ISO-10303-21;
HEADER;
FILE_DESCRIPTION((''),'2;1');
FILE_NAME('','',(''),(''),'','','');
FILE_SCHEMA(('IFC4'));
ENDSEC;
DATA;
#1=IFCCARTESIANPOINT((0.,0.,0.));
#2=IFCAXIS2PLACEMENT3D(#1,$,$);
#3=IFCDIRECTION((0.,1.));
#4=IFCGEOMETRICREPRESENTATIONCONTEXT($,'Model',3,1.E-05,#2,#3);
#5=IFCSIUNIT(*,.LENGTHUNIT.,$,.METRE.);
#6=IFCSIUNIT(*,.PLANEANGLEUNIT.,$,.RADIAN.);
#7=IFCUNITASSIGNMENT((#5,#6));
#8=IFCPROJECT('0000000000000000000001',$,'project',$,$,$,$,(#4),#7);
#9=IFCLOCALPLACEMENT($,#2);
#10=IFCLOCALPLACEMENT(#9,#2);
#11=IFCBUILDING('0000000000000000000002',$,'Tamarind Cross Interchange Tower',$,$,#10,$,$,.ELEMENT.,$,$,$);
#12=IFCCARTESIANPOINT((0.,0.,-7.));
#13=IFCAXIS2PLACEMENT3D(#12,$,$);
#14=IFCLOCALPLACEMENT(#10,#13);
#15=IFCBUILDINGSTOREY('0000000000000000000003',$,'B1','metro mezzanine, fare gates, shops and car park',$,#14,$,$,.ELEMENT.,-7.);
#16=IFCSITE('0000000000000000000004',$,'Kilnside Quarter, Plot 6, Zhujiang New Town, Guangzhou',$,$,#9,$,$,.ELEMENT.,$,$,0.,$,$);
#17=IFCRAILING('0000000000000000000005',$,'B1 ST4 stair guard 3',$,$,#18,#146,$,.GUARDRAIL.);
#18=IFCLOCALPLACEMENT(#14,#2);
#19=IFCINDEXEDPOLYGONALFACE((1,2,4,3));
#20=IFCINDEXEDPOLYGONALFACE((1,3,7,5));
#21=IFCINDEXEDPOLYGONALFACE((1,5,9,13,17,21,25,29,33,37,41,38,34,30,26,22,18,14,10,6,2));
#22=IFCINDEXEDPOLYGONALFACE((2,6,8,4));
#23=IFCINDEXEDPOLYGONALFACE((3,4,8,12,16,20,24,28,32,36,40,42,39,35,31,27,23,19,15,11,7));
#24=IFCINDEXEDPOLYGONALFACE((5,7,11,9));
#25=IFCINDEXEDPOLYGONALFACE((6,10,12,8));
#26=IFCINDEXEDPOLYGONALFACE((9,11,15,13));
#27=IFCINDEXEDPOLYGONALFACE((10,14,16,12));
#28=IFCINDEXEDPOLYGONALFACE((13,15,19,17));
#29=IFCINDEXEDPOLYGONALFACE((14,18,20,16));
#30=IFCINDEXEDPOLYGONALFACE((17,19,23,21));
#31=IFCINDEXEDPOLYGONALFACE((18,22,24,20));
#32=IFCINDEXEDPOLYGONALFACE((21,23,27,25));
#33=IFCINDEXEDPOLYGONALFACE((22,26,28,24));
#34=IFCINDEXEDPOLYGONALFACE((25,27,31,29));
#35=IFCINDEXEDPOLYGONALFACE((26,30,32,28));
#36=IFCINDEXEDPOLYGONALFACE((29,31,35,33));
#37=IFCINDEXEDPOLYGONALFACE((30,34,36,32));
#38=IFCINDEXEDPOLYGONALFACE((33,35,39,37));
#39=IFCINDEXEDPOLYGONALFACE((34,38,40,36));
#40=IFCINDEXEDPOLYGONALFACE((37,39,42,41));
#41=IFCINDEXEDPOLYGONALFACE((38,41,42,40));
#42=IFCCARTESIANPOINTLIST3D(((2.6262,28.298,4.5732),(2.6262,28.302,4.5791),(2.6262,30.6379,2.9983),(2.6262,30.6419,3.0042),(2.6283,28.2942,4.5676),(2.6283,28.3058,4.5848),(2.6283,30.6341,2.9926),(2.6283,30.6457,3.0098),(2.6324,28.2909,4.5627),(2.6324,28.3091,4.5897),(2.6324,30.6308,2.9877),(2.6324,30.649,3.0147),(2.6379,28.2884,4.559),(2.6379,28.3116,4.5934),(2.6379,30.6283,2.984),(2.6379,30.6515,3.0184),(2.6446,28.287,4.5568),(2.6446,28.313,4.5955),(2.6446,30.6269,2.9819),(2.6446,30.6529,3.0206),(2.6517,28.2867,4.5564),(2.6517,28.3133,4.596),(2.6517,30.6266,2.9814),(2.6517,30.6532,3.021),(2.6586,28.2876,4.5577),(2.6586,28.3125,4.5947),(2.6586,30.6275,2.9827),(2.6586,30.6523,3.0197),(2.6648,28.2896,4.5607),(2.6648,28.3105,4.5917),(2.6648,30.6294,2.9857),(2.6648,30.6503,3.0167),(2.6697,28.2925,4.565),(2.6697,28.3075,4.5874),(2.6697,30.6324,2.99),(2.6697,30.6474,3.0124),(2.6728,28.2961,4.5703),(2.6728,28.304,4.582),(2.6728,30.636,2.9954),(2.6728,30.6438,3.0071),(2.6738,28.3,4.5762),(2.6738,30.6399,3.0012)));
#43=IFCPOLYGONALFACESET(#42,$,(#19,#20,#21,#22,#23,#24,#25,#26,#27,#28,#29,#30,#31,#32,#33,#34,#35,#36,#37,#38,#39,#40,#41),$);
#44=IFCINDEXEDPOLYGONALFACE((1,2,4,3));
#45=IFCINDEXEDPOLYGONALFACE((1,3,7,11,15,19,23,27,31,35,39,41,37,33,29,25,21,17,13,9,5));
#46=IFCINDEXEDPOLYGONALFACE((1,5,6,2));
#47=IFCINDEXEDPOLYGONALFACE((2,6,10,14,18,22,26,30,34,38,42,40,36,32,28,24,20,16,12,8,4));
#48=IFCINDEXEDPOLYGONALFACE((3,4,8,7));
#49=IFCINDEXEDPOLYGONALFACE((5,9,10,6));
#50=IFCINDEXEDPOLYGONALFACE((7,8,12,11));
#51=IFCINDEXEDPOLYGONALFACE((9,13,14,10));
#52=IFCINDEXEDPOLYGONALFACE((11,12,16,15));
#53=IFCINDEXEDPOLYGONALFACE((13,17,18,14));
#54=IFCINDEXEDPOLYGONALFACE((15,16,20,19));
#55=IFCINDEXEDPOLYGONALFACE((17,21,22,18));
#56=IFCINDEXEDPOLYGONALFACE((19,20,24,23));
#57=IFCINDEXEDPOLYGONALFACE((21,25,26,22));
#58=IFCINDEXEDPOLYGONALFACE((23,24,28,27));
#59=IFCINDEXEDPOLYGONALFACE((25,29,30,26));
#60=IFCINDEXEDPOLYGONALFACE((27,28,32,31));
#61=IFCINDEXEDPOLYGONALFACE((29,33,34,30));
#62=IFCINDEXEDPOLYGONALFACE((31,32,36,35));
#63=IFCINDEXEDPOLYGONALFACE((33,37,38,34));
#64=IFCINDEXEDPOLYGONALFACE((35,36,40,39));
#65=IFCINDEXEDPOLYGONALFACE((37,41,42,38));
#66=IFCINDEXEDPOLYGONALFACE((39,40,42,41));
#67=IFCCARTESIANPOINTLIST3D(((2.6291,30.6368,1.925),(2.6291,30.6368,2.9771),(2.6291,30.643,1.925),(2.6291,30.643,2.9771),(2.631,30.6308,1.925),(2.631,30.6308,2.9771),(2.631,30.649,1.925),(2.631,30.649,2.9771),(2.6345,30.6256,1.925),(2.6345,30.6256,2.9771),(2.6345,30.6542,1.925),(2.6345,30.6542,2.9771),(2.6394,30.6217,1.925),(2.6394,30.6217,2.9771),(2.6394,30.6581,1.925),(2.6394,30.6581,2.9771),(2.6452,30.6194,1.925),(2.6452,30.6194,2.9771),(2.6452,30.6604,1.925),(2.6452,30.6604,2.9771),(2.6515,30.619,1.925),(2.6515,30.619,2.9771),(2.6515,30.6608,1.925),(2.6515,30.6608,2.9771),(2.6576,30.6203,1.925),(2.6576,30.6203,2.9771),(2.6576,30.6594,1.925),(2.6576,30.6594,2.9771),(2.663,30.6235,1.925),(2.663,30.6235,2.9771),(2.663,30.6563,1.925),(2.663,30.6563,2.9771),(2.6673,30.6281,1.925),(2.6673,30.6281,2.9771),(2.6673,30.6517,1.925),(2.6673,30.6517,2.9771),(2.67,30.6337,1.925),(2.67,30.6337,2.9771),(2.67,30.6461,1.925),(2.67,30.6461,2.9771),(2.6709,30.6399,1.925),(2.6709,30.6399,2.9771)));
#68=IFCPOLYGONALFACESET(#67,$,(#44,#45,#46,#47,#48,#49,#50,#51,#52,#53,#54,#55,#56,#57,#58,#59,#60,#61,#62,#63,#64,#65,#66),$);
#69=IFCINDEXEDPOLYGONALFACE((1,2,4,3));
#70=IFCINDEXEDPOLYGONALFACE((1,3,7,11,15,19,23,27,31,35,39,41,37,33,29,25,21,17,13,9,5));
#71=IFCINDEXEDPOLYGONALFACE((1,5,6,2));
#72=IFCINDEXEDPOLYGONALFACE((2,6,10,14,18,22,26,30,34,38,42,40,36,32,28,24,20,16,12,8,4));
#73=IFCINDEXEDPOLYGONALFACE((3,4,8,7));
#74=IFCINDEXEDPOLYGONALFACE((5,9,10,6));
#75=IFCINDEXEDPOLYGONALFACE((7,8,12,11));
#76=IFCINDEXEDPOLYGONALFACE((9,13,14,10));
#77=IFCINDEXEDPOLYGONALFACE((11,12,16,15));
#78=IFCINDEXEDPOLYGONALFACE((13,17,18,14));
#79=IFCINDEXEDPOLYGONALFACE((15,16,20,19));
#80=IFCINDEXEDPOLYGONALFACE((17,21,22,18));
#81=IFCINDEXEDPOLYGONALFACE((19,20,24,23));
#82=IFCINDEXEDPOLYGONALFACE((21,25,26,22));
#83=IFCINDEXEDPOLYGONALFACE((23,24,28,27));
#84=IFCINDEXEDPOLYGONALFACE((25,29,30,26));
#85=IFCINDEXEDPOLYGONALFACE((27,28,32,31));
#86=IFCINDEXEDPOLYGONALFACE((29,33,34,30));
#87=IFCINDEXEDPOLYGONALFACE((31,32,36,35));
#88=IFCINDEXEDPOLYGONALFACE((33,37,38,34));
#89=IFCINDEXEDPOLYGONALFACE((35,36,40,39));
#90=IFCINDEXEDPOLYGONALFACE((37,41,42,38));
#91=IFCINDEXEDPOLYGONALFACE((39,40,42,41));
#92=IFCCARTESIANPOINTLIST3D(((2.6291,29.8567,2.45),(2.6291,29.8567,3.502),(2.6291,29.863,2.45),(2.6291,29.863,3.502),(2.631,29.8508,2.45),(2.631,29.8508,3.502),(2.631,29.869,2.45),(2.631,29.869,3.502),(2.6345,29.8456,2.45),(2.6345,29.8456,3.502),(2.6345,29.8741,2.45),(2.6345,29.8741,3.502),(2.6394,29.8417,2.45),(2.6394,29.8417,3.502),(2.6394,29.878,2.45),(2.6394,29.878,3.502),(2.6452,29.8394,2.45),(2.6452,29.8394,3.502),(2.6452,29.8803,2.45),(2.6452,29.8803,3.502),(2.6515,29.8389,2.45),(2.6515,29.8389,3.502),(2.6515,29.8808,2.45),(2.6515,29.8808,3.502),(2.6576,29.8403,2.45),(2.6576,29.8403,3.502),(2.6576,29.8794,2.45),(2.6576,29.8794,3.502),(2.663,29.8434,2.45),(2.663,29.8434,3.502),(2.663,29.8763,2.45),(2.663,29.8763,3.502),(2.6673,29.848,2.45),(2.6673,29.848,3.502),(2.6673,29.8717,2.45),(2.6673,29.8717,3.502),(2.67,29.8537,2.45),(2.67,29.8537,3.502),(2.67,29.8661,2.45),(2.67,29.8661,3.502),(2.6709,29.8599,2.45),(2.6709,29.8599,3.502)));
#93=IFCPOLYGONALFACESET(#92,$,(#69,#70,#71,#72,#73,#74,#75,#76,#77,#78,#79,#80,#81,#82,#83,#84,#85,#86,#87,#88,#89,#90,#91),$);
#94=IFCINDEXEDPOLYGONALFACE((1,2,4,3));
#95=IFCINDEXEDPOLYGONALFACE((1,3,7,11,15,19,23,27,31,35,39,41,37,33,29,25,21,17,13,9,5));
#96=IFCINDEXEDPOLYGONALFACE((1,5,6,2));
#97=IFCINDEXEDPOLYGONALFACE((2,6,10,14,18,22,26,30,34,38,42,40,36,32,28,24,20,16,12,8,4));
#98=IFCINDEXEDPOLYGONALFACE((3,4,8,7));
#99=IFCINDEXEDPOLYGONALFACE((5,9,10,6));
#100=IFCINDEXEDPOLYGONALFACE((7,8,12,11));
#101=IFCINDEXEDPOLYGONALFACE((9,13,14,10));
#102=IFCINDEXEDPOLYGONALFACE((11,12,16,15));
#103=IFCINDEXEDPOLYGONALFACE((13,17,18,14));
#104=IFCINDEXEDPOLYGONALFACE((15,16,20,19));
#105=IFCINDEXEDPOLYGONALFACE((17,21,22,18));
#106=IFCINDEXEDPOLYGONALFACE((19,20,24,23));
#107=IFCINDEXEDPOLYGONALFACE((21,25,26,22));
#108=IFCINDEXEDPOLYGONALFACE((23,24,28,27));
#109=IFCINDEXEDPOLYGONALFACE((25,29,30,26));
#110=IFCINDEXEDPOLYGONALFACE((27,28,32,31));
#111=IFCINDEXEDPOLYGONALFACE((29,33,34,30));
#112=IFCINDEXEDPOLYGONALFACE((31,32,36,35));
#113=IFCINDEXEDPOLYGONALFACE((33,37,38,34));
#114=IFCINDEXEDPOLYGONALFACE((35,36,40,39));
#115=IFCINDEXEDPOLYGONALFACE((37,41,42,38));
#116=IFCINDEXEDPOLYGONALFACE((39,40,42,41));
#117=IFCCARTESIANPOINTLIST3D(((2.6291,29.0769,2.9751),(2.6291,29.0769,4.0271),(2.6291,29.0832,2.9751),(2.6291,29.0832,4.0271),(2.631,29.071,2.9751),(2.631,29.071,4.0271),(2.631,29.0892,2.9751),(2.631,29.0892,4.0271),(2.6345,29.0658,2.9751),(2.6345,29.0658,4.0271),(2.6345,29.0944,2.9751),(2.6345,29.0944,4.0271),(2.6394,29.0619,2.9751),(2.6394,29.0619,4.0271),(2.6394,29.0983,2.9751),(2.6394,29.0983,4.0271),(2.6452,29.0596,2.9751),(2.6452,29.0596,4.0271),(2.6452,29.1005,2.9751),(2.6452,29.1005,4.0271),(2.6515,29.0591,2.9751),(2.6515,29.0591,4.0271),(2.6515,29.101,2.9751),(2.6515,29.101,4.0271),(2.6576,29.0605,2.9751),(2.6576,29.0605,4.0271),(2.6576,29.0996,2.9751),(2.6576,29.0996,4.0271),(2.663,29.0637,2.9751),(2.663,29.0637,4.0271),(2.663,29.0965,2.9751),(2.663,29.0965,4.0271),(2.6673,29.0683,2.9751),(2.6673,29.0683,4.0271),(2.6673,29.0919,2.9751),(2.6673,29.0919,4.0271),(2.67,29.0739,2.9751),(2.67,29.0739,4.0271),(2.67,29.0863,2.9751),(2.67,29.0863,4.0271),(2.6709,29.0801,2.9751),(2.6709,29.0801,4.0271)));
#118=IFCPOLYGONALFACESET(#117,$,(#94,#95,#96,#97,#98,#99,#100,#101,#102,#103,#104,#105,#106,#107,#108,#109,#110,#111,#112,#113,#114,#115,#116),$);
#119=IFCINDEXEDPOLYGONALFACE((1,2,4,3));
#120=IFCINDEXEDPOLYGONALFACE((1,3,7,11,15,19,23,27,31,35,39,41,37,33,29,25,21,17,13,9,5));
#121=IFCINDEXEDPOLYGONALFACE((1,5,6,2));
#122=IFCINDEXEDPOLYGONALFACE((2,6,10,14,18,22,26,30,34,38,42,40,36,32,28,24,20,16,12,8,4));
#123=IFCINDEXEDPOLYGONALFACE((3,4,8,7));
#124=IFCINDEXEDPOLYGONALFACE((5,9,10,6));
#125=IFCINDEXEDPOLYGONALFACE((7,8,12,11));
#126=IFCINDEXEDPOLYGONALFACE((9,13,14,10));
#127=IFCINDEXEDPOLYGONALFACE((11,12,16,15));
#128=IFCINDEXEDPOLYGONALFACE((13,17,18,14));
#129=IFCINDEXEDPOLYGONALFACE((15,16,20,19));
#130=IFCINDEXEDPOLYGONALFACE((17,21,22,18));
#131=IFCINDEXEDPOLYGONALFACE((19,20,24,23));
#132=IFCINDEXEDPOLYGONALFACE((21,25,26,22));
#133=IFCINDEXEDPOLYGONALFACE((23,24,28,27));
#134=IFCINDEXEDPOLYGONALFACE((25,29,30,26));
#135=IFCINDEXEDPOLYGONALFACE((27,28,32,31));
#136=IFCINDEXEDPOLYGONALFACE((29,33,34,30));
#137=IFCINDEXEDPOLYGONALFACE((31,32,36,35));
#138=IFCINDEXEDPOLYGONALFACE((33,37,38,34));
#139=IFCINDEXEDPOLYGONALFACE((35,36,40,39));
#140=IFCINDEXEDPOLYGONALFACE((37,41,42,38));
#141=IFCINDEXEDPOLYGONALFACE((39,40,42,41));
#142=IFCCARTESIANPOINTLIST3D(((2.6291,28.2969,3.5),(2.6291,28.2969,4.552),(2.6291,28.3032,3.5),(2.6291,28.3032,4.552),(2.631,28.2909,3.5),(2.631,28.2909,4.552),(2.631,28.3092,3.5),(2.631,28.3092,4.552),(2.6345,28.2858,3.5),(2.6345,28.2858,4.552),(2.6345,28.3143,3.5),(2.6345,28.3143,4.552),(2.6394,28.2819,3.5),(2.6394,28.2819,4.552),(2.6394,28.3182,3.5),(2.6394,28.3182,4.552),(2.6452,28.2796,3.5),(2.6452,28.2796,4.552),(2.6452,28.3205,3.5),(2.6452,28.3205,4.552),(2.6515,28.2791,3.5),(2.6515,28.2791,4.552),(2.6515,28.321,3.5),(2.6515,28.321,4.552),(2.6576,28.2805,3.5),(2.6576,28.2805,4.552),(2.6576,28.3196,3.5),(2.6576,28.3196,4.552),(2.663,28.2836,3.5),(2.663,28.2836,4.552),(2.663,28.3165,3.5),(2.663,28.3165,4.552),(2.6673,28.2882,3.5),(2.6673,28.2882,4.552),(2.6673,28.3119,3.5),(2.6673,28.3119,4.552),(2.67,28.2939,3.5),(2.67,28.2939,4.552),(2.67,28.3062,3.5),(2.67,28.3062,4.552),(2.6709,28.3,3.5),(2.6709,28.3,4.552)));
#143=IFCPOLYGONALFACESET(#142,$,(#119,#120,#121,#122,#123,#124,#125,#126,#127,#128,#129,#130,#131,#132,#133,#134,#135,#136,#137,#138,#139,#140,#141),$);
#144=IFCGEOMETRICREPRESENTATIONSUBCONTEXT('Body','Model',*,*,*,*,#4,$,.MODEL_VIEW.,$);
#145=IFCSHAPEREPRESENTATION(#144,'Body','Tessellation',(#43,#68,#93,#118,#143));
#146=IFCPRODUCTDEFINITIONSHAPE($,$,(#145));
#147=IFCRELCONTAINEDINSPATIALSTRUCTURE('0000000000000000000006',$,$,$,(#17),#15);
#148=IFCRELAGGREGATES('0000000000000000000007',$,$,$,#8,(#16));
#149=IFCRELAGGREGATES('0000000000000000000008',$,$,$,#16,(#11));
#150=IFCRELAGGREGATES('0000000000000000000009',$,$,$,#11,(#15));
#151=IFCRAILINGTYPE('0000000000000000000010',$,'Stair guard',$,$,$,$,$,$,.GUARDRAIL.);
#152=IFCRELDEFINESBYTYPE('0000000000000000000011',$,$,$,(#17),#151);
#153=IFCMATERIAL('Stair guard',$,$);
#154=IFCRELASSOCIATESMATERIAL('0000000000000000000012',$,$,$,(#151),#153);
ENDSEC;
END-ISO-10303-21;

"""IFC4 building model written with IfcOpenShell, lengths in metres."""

from ifc_helpers import new_model, si_unit, direction, frame, origin, origin_2d, place, context, subcontext, project, spatial, circle, extrude, material, type_object, element, save


model = new_model("IFC4")

# Units and contexts
model_context = context("Model", 3, precision=1e-05, world=origin(), true_north=direction((0.0, 1.0)))
body_context = subcontext(model_context, "Body", "Model", "MODEL_VIEW")
ifc_project = project(units=[si_unit("LENGTHUNIT", "METRE"), si_unit("PLANEANGLEUNIT", "RADIAN")], contexts=[model_context])

# Site, building, storey
site_placement = place(None, origin())
site = spatial("IfcSite", under=ifc_project, at=site_placement, Name="Kilnside Quarter, Plot 6, Zhujiang New Town, Guangzhou", CompositionType="ELEMENT", RefElevation=0.0)
building_placement = place(site_placement, origin())
building = spatial("IfcBuilding", under=site, at=building_placement, Name="Tamarind Cross Interchange Tower", CompositionType="ELEMENT")
storey_placement = place(building_placement, frame((0.0, 0.0, -7.0)))
storey = spatial("IfcBuildingStorey", under=building, at=storey_placement, Name="B1", Description="metro mezzanine, fare gates, shops and car park", CompositionType="ELEMENT", Elevation=-7.0)

# Railing
ifc_material_1 = material(Name="Stair guard")
railing_type_1 = type_object("IfcRailingType", Name="Stair guard", PredefinedType="GUARDRAIL", material=ifc_material_1)
railing_1_placement = place(storey_placement, frame((2.6499, 30.6399, 1.925)))
element("IfcRailing", 1, at=railing_1_placement, inside=storey, type_object=railing_type_1, Name="B1 ST4 stair guard 3", PredefinedType="GUARDRAIL", context=body_context, shape_type="SweptSolid", body=[
    extrude(circle(Radius=0.0239, at=origin_2d()), frame((0.0, 0.0, 1.0762), z_axis=(0.0, -0.829578, 0.55839), x_axis=(1.0, 0.0, 0.0)), (0.0, 0.0, 1.0), 2.8206),
    extrude(circle(Radius=0.021, at=origin_2d()), origin(), (0.0, 0.0, 1.0), 1.052),
    extrude(circle(Radius=0.021, at=origin_2d()), frame((0.0, -0.78, 0.5249)), (0.0, 0.0, 1.0), 1.052),
    extrude(circle(Radius=0.021, at=origin_2d()), frame((0.0, -1.5598, 1.05)), (0.0, 0.0, 1.0), 1.052),
    extrude(circle(Radius=0.021, at=origin_2d()), frame((0.0, -2.3398, 1.575)), (0.0, 0.0, 1.0), 1.052),
])

save(model, "model.ifc")
